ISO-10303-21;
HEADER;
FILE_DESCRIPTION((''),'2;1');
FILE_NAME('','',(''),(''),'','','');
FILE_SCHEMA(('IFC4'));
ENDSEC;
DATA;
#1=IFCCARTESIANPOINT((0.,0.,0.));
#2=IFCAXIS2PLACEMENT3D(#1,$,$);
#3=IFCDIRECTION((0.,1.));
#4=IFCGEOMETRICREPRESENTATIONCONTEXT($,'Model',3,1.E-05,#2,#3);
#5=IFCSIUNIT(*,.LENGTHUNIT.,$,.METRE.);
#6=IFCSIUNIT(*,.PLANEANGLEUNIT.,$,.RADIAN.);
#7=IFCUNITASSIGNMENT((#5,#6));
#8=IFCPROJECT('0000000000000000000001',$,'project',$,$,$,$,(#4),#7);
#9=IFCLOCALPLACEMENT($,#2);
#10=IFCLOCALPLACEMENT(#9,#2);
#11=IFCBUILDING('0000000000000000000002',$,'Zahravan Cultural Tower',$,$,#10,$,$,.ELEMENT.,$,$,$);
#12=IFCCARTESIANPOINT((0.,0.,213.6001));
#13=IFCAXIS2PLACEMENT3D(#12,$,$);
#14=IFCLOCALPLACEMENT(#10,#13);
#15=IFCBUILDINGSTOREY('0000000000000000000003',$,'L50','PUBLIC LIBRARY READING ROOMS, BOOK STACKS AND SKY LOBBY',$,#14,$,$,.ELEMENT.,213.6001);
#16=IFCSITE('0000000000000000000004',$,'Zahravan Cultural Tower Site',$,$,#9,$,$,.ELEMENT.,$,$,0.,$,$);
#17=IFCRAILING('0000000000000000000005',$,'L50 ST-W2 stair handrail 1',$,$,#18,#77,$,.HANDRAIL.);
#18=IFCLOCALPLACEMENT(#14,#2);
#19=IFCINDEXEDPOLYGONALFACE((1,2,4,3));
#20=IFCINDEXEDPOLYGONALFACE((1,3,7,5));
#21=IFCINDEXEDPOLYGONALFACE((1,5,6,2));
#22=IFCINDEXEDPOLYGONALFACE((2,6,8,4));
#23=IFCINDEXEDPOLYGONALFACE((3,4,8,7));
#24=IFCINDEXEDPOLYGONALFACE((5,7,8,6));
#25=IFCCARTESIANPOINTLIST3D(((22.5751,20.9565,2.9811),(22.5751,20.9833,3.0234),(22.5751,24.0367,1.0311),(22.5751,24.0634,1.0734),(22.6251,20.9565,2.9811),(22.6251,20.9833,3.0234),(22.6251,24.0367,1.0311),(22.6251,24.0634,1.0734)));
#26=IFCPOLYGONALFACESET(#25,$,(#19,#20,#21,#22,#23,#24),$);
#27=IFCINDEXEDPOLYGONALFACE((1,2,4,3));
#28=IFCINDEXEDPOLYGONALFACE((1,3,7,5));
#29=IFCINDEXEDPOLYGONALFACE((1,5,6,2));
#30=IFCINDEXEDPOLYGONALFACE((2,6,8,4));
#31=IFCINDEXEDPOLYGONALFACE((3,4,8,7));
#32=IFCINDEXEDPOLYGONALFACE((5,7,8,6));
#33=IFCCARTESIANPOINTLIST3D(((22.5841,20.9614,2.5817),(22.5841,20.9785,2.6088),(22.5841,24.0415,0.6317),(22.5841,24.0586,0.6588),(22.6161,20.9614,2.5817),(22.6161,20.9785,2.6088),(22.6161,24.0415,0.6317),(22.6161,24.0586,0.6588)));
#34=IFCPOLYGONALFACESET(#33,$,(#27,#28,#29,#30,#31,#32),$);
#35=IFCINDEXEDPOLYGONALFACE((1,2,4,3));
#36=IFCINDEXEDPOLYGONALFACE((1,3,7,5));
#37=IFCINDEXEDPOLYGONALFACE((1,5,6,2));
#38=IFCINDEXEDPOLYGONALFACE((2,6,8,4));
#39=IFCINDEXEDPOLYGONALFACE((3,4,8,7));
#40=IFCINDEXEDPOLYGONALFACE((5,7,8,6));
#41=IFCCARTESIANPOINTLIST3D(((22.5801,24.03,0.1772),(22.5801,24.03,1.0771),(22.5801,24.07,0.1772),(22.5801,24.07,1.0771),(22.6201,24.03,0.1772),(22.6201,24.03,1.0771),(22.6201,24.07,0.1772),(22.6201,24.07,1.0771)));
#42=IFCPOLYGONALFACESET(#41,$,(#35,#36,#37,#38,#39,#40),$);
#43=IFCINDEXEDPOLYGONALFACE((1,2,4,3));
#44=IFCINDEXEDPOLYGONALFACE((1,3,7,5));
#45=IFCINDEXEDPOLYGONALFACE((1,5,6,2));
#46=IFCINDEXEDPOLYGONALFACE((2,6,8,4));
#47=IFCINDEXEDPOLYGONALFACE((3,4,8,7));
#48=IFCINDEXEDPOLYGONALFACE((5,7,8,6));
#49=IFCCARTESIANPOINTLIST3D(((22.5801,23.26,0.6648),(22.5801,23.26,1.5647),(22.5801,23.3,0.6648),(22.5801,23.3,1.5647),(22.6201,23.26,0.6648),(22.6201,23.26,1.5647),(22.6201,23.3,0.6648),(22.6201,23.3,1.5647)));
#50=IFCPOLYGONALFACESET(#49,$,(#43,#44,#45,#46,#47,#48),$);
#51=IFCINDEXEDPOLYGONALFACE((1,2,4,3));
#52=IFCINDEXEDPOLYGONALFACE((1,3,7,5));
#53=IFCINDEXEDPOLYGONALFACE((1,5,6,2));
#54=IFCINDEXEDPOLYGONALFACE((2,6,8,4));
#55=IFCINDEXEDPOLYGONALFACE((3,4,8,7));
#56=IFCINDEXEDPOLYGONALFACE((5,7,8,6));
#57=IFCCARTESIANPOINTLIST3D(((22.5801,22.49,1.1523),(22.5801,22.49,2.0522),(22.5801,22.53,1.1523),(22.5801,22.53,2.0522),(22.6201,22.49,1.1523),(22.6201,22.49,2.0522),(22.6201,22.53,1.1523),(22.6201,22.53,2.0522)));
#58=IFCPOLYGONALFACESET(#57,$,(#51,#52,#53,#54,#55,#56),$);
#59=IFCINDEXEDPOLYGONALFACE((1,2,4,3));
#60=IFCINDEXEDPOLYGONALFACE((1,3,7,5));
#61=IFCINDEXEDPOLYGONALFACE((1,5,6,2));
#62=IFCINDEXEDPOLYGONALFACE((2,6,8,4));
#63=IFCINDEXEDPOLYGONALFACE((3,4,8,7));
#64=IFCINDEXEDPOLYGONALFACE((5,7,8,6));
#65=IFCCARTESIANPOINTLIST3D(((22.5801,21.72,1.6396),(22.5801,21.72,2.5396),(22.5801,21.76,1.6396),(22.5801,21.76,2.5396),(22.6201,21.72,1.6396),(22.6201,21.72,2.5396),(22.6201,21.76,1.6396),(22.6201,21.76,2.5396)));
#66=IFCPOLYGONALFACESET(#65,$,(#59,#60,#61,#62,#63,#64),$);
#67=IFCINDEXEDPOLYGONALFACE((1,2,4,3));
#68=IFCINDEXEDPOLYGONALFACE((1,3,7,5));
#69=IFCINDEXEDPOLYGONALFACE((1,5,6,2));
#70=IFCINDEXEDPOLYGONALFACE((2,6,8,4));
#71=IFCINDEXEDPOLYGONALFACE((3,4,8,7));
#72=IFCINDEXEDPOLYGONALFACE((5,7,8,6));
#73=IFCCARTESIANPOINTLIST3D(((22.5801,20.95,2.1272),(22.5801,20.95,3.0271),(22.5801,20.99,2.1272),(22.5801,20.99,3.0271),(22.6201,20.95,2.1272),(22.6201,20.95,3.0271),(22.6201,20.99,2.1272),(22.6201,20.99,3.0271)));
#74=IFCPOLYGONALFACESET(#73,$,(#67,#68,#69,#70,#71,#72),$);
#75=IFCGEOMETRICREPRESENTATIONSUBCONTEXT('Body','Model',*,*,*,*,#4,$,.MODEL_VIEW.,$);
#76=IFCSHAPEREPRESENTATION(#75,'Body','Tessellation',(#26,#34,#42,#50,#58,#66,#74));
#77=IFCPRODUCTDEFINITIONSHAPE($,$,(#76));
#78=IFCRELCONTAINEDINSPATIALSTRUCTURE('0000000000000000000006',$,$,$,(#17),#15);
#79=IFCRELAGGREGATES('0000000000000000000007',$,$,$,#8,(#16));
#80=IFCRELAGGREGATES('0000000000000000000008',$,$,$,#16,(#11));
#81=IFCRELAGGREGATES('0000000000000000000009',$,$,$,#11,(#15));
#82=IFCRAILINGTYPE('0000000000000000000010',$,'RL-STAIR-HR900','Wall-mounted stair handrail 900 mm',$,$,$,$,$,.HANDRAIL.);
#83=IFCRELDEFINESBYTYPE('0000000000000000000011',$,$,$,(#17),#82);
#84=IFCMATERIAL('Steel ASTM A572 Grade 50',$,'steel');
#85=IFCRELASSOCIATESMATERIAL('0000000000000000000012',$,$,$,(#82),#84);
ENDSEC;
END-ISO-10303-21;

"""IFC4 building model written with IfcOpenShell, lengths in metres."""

from ifc_helpers import new_model, si_unit, direction, frame, origin, origin_2d, place, context, subcontext, project, spatial, rectangle, extrude, material, type_object, element, save


model = new_model("IFC4")

# Units and contexts
model_context = context("Model", 3, precision=1e-05, world=origin(), true_north=direction((0.0, 1.0)))
body_context = subcontext(model_context, "Body", "Model", "MODEL_VIEW")
ifc_project = project(units=[si_unit("LENGTHUNIT", "METRE"), si_unit("PLANEANGLEUNIT", "RADIAN")], contexts=[model_context])

# Site, building, storey
site_placement = place(None, origin())
site = spatial("IfcSite", under=ifc_project, at=site_placement, Name="Zahravan Cultural Tower Site", CompositionType="ELEMENT", RefElevation=0.0)
building_placement = place(site_placement, origin())
building = spatial("IfcBuilding", under=site, at=building_placement, Name="Zahravan Cultural Tower", CompositionType="ELEMENT")
storey_placement = place(building_placement, frame((0.0, 0.0, 213.6001)))
storey = spatial("IfcBuildingStorey", under=building, at=storey_placement, Name="L50", Description="PUBLIC LIBRARY READING ROOMS, BOOK STACKS AND SKY LOBBY", CompositionType="ELEMENT", Elevation=213.6001)

# Railing
ifc_material_1 = material(Name="Steel ASTM A572 Grade 50", Category="steel")
railing_type_1 = type_object("IfcRailingType", Name="RL-STAIR-HR900", Description="Wall-mounted stair handrail 900 mm", PredefinedType="HANDRAIL", material=ifc_material_1)
railing_1_placement = place(storey_placement, frame((22.6001, 24.05, 0.1772)))
element("IfcRailing", 1, at=railing_1_placement, inside=storey, type_object=railing_type_1, Name="L50 ST-W2 stair handrail 1", PredefinedType="HANDRAIL", context=body_context, shape_type="SweptSolid", body=[
    extrude(rectangle(XDim=0.05, YDim=0.05, at=origin_2d()), frame((0.0, 0.0, 0.875), z_axis=(0.0, -0.844914, 0.534902), x_axis=(1.0, 0.0, 0.0)), (0.0, 0.0, 1.0), 3.6455),
    extrude(rectangle(XDim=0.032, YDim=0.032, at=origin_2d()), frame((0.0, 0.0, 0.468), z_axis=(0.0, -0.844914, 0.534902), x_axis=(1.0, 0.0, 0.0)), (0.0, 0.0, 1.0), 3.6455),
    extrude(rectangle(XDim=0.04, YDim=0.04, at=origin_2d()), origin(), (0.0, 0.0, 1.0), 0.8999),
    extrude(rectangle(XDim=0.04, YDim=0.04, at=origin_2d()), frame((0.0, -0.77, 0.4875)), (0.0, 0.0, 1.0), 0.8999),
    extrude(rectangle(XDim=0.04, YDim=0.04, at=origin_2d()), frame((0.0, -1.54, 0.9751)), (0.0, 0.0, 1.0), 0.8999),
    extrude(rectangle(XDim=0.04, YDim=0.04, at=origin_2d()), frame((0.0, -2.3101, 1.4624)), (0.0, 0.0, 1.0), 0.8999),
    extrude(rectangle(XDim=0.04, YDim=0.04, at=origin_2d()), frame((0.0, -3.0801, 1.95)), (0.0, 0.0, 1.0), 0.8999),
])

save(model, "model.ifc")
